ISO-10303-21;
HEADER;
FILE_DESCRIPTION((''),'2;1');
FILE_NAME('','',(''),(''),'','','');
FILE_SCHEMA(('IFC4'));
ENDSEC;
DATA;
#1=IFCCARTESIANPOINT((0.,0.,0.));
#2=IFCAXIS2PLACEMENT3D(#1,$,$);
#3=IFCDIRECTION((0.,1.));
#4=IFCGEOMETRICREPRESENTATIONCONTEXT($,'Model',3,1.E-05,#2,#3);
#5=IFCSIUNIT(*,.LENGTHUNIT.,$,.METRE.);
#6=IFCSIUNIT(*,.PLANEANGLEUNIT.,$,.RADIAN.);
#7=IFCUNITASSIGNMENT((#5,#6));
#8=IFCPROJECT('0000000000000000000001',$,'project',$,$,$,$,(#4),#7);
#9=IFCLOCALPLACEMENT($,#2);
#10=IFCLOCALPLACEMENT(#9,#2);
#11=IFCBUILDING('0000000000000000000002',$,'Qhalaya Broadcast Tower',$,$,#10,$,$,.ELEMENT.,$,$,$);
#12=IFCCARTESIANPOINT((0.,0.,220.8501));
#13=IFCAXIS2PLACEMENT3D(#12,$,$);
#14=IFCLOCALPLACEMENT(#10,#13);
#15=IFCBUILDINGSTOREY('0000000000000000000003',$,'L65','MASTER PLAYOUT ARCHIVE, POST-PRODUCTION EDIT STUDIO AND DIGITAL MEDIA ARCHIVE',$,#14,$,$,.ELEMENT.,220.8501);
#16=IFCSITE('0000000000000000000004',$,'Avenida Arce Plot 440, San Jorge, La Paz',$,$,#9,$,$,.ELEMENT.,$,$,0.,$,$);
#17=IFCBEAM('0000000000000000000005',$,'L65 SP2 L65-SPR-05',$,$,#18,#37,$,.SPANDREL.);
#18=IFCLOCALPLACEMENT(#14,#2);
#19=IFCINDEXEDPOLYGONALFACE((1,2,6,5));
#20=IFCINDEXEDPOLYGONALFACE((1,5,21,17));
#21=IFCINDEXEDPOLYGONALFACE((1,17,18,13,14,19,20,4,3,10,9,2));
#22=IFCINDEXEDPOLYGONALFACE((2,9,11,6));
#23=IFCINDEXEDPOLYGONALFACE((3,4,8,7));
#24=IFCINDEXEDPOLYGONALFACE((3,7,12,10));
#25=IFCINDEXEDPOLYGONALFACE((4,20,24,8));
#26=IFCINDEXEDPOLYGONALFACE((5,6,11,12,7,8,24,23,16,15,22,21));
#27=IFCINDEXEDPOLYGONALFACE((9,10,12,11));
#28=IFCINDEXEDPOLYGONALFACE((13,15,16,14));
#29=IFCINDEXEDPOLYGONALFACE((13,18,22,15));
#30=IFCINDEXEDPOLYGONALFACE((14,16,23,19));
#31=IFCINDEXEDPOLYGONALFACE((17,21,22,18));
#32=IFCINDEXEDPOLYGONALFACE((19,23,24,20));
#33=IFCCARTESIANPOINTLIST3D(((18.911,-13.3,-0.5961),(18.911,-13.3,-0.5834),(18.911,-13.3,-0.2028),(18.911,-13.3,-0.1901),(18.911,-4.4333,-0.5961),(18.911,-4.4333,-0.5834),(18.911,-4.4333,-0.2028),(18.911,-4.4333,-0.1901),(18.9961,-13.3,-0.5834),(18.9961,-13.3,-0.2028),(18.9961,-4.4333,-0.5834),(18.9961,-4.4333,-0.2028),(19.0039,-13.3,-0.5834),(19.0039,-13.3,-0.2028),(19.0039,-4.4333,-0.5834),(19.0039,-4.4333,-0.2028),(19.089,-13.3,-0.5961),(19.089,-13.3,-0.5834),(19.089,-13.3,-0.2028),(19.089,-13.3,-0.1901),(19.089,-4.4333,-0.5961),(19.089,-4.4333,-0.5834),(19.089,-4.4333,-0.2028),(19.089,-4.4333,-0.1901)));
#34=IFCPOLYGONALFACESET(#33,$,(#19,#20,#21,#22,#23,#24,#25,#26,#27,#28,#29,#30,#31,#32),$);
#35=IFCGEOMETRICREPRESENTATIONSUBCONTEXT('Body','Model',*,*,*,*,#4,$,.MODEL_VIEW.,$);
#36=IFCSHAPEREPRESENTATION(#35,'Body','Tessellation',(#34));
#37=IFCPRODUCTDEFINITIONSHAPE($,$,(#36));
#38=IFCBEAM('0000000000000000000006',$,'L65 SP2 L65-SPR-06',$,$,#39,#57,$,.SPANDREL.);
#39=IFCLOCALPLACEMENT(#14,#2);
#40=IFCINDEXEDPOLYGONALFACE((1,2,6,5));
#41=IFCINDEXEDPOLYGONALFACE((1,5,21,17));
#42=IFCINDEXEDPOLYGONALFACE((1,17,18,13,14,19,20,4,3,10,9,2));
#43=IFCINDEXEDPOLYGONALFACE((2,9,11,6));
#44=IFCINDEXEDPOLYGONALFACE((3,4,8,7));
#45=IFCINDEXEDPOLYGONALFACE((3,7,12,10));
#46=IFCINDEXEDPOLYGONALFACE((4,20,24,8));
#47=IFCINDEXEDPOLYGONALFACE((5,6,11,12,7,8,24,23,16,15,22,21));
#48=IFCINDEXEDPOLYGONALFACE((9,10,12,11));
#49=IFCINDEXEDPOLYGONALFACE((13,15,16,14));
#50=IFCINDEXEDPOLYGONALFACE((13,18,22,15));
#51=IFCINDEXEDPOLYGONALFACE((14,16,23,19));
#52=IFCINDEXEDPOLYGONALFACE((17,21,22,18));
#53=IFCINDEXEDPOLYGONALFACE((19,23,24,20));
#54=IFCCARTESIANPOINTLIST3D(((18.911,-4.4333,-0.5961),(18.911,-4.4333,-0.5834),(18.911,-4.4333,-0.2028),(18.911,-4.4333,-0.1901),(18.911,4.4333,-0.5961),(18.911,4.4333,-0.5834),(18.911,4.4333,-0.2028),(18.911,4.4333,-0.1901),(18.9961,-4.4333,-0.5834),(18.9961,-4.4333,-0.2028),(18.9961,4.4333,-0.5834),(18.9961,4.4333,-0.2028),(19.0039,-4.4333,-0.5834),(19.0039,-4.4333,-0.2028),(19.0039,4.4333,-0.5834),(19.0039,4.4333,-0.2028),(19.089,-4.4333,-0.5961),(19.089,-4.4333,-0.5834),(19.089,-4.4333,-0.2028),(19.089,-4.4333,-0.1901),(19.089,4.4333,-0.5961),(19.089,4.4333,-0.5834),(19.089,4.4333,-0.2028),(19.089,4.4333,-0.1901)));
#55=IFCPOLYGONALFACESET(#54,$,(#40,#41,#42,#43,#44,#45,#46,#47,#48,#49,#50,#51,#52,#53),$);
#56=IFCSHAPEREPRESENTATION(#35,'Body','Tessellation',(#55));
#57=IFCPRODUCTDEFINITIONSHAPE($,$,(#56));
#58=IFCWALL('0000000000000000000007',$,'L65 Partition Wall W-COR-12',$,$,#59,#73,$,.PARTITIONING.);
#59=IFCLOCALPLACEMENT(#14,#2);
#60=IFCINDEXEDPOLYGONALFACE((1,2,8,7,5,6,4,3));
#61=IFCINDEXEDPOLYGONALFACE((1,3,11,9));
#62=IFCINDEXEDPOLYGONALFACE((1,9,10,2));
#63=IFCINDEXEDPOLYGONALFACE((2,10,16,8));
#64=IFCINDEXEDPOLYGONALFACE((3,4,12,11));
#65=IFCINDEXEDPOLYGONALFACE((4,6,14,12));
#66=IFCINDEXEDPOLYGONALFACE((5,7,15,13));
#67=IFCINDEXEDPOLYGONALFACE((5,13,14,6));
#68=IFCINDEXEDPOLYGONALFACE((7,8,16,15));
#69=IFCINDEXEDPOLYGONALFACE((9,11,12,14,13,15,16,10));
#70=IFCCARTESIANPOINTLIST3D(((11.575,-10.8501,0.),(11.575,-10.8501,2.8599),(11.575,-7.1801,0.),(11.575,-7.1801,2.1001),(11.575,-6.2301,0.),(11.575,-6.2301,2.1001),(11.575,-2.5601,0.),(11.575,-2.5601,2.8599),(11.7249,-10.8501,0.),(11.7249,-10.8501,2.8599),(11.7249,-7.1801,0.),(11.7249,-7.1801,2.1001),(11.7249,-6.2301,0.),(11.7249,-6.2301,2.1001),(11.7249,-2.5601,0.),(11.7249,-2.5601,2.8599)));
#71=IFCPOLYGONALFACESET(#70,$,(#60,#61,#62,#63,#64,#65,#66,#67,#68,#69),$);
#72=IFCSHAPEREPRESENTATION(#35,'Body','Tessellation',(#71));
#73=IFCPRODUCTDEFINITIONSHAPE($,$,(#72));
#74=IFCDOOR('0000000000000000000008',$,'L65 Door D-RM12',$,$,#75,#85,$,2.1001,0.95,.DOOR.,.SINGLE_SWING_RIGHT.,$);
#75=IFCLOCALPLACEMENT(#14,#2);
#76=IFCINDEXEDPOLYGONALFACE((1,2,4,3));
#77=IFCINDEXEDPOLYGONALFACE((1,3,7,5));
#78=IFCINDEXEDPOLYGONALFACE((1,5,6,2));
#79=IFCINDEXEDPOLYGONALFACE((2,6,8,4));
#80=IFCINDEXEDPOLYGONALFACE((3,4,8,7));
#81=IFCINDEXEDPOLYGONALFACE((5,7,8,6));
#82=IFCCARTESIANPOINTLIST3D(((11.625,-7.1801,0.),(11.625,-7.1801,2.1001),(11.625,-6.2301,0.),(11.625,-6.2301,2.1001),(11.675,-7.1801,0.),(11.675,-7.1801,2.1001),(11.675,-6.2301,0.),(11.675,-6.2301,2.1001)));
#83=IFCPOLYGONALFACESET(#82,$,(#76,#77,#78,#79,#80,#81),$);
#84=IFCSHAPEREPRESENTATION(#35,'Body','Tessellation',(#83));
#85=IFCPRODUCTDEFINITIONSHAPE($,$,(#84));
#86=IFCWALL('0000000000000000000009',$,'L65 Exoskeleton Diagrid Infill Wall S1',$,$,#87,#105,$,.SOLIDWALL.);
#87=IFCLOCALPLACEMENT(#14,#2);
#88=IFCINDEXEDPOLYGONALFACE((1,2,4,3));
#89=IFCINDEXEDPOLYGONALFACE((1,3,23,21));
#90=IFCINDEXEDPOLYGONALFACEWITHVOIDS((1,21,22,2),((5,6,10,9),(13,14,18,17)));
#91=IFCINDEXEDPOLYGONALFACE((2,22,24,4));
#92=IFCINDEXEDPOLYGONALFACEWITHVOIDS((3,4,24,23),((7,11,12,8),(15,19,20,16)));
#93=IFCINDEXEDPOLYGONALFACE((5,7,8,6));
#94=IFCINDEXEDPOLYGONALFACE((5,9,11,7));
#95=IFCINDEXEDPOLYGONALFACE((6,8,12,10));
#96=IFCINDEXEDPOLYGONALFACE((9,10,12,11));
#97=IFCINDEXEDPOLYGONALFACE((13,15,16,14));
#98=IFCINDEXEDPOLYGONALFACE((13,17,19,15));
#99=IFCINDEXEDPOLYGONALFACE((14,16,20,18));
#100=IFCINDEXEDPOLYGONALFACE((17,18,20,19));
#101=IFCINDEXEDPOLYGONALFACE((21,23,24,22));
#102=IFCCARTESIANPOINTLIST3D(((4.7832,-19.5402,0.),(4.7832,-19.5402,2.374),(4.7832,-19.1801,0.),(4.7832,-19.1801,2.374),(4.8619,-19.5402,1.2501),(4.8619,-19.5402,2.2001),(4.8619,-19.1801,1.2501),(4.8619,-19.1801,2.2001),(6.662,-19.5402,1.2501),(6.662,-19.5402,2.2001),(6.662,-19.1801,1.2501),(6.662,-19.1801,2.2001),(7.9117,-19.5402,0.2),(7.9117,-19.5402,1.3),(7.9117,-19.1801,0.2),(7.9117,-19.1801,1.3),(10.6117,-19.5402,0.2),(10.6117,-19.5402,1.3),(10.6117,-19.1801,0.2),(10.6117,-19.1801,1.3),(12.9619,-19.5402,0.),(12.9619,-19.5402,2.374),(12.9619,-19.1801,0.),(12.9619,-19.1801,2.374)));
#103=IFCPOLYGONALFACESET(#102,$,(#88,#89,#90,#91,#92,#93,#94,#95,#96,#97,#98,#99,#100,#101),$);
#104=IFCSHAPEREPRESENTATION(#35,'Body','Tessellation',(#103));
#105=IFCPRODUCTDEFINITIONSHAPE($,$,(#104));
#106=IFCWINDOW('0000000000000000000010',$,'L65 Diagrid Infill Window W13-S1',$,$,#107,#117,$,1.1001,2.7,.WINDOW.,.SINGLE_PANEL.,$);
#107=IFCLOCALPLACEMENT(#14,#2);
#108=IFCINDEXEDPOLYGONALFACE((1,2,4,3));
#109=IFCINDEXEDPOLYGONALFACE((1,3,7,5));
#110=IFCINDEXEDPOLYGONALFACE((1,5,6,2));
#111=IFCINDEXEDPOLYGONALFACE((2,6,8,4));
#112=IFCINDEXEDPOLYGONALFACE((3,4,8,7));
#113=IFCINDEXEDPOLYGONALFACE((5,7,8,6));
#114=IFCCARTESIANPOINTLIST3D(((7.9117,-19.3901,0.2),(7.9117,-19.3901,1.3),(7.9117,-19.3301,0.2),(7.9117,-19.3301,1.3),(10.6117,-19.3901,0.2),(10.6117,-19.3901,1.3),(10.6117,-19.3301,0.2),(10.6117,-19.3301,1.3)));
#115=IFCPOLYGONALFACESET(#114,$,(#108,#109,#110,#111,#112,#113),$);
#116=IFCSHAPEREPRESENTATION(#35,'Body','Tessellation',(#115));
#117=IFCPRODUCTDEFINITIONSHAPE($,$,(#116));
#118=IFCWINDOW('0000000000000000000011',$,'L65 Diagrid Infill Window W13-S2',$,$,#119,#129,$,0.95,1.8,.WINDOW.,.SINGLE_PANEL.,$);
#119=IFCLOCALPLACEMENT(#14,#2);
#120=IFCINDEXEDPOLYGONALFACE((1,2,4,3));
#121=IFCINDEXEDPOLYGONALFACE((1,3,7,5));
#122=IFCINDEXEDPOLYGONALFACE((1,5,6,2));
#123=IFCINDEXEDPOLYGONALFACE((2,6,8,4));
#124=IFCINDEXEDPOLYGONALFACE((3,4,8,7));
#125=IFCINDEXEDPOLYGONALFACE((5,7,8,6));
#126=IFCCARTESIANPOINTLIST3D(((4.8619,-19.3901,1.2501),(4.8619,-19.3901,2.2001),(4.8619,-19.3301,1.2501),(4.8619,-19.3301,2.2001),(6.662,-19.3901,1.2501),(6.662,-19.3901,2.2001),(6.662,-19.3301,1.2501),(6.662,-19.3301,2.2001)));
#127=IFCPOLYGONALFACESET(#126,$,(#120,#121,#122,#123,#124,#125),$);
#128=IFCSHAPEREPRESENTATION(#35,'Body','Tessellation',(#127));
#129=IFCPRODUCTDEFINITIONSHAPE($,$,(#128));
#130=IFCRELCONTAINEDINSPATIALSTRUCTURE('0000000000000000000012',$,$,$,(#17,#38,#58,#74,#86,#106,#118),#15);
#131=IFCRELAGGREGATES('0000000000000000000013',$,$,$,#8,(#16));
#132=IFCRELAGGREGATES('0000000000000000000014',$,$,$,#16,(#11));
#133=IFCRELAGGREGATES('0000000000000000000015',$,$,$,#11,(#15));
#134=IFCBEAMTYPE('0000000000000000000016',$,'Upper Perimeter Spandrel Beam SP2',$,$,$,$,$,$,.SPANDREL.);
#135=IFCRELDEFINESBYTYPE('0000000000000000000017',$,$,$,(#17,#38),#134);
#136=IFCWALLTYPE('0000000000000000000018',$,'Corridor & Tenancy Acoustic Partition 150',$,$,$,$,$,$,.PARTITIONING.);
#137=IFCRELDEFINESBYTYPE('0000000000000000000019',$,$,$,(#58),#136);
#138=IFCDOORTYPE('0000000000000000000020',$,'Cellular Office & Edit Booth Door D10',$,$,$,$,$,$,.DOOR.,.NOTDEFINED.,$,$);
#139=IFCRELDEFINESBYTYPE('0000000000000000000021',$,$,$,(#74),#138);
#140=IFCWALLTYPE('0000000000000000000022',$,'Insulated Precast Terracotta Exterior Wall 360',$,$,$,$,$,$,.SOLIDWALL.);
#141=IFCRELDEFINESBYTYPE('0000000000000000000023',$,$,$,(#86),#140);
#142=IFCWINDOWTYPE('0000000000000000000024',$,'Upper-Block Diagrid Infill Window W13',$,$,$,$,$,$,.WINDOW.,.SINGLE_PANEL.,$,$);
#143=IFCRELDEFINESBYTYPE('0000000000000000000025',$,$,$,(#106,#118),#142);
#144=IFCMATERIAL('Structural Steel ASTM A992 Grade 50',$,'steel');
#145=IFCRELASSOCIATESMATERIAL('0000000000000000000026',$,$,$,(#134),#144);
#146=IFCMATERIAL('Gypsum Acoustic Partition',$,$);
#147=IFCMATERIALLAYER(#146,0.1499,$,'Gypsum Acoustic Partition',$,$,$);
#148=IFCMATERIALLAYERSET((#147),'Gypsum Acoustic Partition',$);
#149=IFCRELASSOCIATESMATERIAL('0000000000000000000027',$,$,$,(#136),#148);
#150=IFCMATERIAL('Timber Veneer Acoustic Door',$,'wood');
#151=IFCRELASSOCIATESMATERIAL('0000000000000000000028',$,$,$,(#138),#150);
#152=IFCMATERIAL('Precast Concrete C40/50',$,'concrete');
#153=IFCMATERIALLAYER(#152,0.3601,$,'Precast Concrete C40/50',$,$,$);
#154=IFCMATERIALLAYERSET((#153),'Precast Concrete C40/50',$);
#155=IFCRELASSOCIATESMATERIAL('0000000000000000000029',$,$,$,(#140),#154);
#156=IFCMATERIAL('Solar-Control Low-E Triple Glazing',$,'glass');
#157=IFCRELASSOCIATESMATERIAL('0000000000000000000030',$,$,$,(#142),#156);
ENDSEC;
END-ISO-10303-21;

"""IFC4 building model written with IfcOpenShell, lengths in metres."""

from ifc_helpers import new_model, si_unit, direction, frame, frame_2d, origin, origin_2d, place, context, subcontext, project, spatial, rectangle, i_section, extrude, material, layer, layer_set, material_profile, profile_set, type_object, element, fill, save


model = new_model("IFC4")

# Units and contexts
model_context = context("Model", 3, precision=1e-05, world=origin(), true_north=direction((0.0, 1.0)))
body_context = subcontext(model_context, "Body", "Model", "MODEL_VIEW")
ifc_project = project(units=[si_unit("LENGTHUNIT", "METRE"), si_unit("PLANEANGLEUNIT", "RADIAN")], contexts=[model_context])

# Site, building, storey
site_placement = place(None, origin())
site = spatial("IfcSite", under=ifc_project, at=site_placement, Name="Avenida Arce Plot 440, San Jorge, La Paz", CompositionType="ELEMENT", RefElevation=0.0)
building_placement = place(site_placement, origin())
building = spatial("IfcBuilding", under=site, at=building_placement, Name="Qhalaya Broadcast Tower", CompositionType="ELEMENT")
storey_placement = place(building_placement, frame((0.0, 0.0, 220.8501)))
storey = spatial("IfcBuildingStorey", under=building, at=storey_placement, Name="L65", Description="MASTER PLAYOUT ARCHIVE, POST-PRODUCTION EDIT STUDIO AND DIGITAL MEDIA ARCHIVE", CompositionType="ELEMENT", Elevation=220.8501)

# Beams
ifc_material_1 = material(Name="Structural Steel ASTM A992 Grade 50", Category="steel")
ifc_material_profile_1 = material_profile(ifc_material_1, i_section(OverallWidth=0.178, OverallDepth=0.406, WebThickness=0.0078, FlangeThickness=0.0127, at=origin_2d()), Name="W16X40")
ifc_profile_set_1 = profile_set([ifc_material_profile_1], Name="Structural Steel ASTM A992 Grade 50")
beam_type_1 = type_object("IfcBeamType", Name="Upper Perimeter Spandrel Beam SP2", PredefinedType="SPANDREL", material=ifc_profile_set_1)
for number, where, z_axis, x_axis, name in (
    (1, (19.0, -13.3, -0.3931), (0.0, 1.0, 0.0), (-1.0, 0.0, 0.0), "L65 SP2 L65-SPR-05"),
    (2, (19.0, -4.4333, -0.3931), (0.0, 1.0, 0.0), (-1.0, 0.0, 0.0), "L65 SP2 L65-SPR-06"),
):
    element("IfcBeam", number, at=place(storey_placement, frame(where, z_axis=z_axis, x_axis=x_axis)), inside=storey, type_object=beam_type_1, Name=name, PredefinedType="SPANDREL", context=body_context, shape_type="SweptSolid", body=[
        extrude(i_section(OverallWidth=0.178, OverallDepth=0.406, WebThickness=0.0078, FlangeThickness=0.0127, at=origin_2d()), origin(), (0.0, 0.0, 1.0), 8.8667),
    ])

# Wall, opening, door
ifc_material_2 = material(Name="Gypsum Acoustic Partition")
ifc_layer_1 = layer(ifc_material_2, 0.1499, Name="Gypsum Acoustic Partition")
ifc_layer_set_1 = layer_set([ifc_layer_1], Name="Gypsum Acoustic Partition")
wall_type_1 = type_object("IfcWallType", Name="Corridor & Tenancy Acoustic Partition 150", PredefinedType="PARTITIONING", material=ifc_layer_set_1)
wall_1_placement = place(storey_placement, frame((11.6499, -10.8501, 0.0), z_axis=(0.0, 0.0, 1.0), x_axis=(0.0, 1.0, 0.0)))
wall_1 = element("IfcWall", 3, at=wall_1_placement, inside=storey, type_object=wall_type_1, Name="L65 Partition Wall W-COR-12", PredefinedType="PARTITIONING", context=body_context, shape_type="SweptSolid", body=[
    extrude(rectangle(XDim=8.29, YDim=0.1499, at=frame_2d((4.145, 0.0))), origin(), (0.0, 0.0, 1.0), 2.8599),
])
opening_1_placement = place(wall_1_placement, frame((3.6699, 0.0, 0.0)))
opening_1 = element("IfcOpeningElement", 4, at=opening_1_placement, cuts=wall_1, PredefinedType="OPENING", context=body_context, shape_type="SweptSolid", body=[
    extrude(rectangle(XDim=0.95, YDim=2.1001, at=frame_2d((0.4751, 1.05))), frame((0.0, 0.0869, 0.0), z_axis=(0.0, -1.0, 0.0), x_axis=(1.0, 0.0, 0.0)), (0.0, 0.0, 1.0), 0.1738),
])
ifc_material_3 = material(Name="Timber Veneer Acoustic Door", Category="wood")
door_type_1 = type_object("IfcDoorType", Name="Cellular Office & Edit Booth Door D10", OperationType="NOTDEFINED", PredefinedType="DOOR", material=ifc_material_3)
door_1_placement = place(opening_1_placement, origin())
door_1 = element("IfcDoor", 5, at=door_1_placement, inside=storey, type_object=door_type_1, Name="L65 Door D-RM12", OperationType="SINGLE_SWING_RIGHT", OverallHeight=2.1001, OverallWidth=0.95, PredefinedType="DOOR", context=body_context, shape_type="SweptSolid", body=[
    extrude(rectangle(XDim=0.95, YDim=2.1001, at=frame_2d((0.4751, 1.05))), frame((0.0, 0.0249, 0.0), z_axis=(0.0, -1.0, 0.0), x_axis=(1.0, 0.0, 0.0)), (0.0, 0.0, 1.0), 0.05),
])
fill(opening_1, door_1)

# Wall, openings, windows
ifc_material_4 = material(Name="Precast Concrete C40/50", Category="concrete")
ifc_layer_2 = layer(ifc_material_4, 0.3601, Name="Precast Concrete C40/50")
ifc_layer_set_2 = layer_set([ifc_layer_2], Name="Precast Concrete C40/50")
wall_type_2 = type_object("IfcWallType", Name="Insulated Precast Terracotta Exterior Wall 360", PredefinedType="SOLIDWALL", material=ifc_layer_set_2)
wall_2_placement = place(storey_placement, frame((12.9619, -19.3601, 0.0), z_axis=(0.0, 0.0, 1.0), x_axis=(-1.0, 0.0, 0.0)))
wall_2 = element("IfcWall", 6, at=wall_2_placement, inside=storey, type_object=wall_type_2, Name="L65 Exoskeleton Diagrid Infill Wall S1", PredefinedType="SOLIDWALL", context=body_context, shape_type="SweptSolid", body=[
    extrude(rectangle(XDim=8.1787, YDim=0.3601, at=frame_2d((4.0894, 0.0))), origin(), (0.0, 0.0, 1.0), 2.374),
])
opening_2_placement = place(wall_2_placement, frame((2.3501, 0.0, 0.2)))
opening_2 = element("IfcOpeningElement", 7, at=opening_2_placement, cuts=wall_2, PredefinedType="OPENING", context=body_context, shape_type="SweptSolid", body=[
    extrude(rectangle(XDim=2.7, YDim=1.1001, at=frame_2d((1.3501, 0.55))), frame((0.0, 0.1921, 0.0), z_axis=(0.0, -1.0, 0.0), x_axis=(1.0, 0.0, 0.0)), (0.0, 0.0, 1.0), 0.384),
])
opening_3_placement = place(wall_2_placement, frame((6.3, 0.0, 1.25)))
opening_3 = element("IfcOpeningElement", 8, at=opening_3_placement, cuts=wall_2, PredefinedType="OPENING", context=body_context, shape_type="SweptSolid", body=[
    extrude(rectangle(XDim=1.8, YDim=0.95, at=frame_2d((0.8999, 0.4751))), frame((0.0, 0.1921, 0.0), z_axis=(0.0, -1.0, 0.0), x_axis=(1.0, 0.0, 0.0)), (0.0, 0.0, 1.0), 0.384),
])
ifc_material_5 = material(Name="Solar-Control Low-E Triple Glazing", Category="glass")
window_type = type_object("IfcWindowType", Name="Upper-Block Diagrid Infill Window W13", PartitioningType="SINGLE_PANEL", PredefinedType="WINDOW", material=ifc_material_5)
window_1_placement = place(opening_2_placement, origin())
window_1 = element("IfcWindow", 9, at=window_1_placement, inside=storey, type_object=window_type, Name="L65 Diagrid Infill Window W13-S1", OverallHeight=1.1001, OverallWidth=2.7, PartitioningType="SINGLE_PANEL", PredefinedType="WINDOW", context=body_context, shape_type="SweptSolid", body=[
    extrude(rectangle(XDim=2.7, YDim=1.1001, at=frame_2d((1.3501, 0.55))), frame((0.0, 0.03, 0.0), z_axis=(0.0, -1.0, 0.0), x_axis=(1.0, 0.0, 0.0)), (0.0, 0.0, 1.0), 0.0601),
])
fill(opening_2, window_1)
window_2_placement = place(opening_3_placement, origin())
window_2 = element("IfcWindow", 10, at=window_2_placement, inside=storey, type_object=window_type, Name="L65 Diagrid Infill Window W13-S2", OverallHeight=0.95, OverallWidth=1.8, PartitioningType="SINGLE_PANEL", PredefinedType="WINDOW", context=body_context, shape_type="SweptSolid", body=[
    extrude(rectangle(XDim=1.8, YDim=0.95, at=frame_2d((0.8999, 0.4751))), frame((0.0, 0.03, 0.0), z_axis=(0.0, -1.0, 0.0), x_axis=(1.0, 0.0, 0.0)), (0.0, 0.0, 1.0), 0.0601),
])
fill(opening_3, window_2)

save(model, "model.ifc")
